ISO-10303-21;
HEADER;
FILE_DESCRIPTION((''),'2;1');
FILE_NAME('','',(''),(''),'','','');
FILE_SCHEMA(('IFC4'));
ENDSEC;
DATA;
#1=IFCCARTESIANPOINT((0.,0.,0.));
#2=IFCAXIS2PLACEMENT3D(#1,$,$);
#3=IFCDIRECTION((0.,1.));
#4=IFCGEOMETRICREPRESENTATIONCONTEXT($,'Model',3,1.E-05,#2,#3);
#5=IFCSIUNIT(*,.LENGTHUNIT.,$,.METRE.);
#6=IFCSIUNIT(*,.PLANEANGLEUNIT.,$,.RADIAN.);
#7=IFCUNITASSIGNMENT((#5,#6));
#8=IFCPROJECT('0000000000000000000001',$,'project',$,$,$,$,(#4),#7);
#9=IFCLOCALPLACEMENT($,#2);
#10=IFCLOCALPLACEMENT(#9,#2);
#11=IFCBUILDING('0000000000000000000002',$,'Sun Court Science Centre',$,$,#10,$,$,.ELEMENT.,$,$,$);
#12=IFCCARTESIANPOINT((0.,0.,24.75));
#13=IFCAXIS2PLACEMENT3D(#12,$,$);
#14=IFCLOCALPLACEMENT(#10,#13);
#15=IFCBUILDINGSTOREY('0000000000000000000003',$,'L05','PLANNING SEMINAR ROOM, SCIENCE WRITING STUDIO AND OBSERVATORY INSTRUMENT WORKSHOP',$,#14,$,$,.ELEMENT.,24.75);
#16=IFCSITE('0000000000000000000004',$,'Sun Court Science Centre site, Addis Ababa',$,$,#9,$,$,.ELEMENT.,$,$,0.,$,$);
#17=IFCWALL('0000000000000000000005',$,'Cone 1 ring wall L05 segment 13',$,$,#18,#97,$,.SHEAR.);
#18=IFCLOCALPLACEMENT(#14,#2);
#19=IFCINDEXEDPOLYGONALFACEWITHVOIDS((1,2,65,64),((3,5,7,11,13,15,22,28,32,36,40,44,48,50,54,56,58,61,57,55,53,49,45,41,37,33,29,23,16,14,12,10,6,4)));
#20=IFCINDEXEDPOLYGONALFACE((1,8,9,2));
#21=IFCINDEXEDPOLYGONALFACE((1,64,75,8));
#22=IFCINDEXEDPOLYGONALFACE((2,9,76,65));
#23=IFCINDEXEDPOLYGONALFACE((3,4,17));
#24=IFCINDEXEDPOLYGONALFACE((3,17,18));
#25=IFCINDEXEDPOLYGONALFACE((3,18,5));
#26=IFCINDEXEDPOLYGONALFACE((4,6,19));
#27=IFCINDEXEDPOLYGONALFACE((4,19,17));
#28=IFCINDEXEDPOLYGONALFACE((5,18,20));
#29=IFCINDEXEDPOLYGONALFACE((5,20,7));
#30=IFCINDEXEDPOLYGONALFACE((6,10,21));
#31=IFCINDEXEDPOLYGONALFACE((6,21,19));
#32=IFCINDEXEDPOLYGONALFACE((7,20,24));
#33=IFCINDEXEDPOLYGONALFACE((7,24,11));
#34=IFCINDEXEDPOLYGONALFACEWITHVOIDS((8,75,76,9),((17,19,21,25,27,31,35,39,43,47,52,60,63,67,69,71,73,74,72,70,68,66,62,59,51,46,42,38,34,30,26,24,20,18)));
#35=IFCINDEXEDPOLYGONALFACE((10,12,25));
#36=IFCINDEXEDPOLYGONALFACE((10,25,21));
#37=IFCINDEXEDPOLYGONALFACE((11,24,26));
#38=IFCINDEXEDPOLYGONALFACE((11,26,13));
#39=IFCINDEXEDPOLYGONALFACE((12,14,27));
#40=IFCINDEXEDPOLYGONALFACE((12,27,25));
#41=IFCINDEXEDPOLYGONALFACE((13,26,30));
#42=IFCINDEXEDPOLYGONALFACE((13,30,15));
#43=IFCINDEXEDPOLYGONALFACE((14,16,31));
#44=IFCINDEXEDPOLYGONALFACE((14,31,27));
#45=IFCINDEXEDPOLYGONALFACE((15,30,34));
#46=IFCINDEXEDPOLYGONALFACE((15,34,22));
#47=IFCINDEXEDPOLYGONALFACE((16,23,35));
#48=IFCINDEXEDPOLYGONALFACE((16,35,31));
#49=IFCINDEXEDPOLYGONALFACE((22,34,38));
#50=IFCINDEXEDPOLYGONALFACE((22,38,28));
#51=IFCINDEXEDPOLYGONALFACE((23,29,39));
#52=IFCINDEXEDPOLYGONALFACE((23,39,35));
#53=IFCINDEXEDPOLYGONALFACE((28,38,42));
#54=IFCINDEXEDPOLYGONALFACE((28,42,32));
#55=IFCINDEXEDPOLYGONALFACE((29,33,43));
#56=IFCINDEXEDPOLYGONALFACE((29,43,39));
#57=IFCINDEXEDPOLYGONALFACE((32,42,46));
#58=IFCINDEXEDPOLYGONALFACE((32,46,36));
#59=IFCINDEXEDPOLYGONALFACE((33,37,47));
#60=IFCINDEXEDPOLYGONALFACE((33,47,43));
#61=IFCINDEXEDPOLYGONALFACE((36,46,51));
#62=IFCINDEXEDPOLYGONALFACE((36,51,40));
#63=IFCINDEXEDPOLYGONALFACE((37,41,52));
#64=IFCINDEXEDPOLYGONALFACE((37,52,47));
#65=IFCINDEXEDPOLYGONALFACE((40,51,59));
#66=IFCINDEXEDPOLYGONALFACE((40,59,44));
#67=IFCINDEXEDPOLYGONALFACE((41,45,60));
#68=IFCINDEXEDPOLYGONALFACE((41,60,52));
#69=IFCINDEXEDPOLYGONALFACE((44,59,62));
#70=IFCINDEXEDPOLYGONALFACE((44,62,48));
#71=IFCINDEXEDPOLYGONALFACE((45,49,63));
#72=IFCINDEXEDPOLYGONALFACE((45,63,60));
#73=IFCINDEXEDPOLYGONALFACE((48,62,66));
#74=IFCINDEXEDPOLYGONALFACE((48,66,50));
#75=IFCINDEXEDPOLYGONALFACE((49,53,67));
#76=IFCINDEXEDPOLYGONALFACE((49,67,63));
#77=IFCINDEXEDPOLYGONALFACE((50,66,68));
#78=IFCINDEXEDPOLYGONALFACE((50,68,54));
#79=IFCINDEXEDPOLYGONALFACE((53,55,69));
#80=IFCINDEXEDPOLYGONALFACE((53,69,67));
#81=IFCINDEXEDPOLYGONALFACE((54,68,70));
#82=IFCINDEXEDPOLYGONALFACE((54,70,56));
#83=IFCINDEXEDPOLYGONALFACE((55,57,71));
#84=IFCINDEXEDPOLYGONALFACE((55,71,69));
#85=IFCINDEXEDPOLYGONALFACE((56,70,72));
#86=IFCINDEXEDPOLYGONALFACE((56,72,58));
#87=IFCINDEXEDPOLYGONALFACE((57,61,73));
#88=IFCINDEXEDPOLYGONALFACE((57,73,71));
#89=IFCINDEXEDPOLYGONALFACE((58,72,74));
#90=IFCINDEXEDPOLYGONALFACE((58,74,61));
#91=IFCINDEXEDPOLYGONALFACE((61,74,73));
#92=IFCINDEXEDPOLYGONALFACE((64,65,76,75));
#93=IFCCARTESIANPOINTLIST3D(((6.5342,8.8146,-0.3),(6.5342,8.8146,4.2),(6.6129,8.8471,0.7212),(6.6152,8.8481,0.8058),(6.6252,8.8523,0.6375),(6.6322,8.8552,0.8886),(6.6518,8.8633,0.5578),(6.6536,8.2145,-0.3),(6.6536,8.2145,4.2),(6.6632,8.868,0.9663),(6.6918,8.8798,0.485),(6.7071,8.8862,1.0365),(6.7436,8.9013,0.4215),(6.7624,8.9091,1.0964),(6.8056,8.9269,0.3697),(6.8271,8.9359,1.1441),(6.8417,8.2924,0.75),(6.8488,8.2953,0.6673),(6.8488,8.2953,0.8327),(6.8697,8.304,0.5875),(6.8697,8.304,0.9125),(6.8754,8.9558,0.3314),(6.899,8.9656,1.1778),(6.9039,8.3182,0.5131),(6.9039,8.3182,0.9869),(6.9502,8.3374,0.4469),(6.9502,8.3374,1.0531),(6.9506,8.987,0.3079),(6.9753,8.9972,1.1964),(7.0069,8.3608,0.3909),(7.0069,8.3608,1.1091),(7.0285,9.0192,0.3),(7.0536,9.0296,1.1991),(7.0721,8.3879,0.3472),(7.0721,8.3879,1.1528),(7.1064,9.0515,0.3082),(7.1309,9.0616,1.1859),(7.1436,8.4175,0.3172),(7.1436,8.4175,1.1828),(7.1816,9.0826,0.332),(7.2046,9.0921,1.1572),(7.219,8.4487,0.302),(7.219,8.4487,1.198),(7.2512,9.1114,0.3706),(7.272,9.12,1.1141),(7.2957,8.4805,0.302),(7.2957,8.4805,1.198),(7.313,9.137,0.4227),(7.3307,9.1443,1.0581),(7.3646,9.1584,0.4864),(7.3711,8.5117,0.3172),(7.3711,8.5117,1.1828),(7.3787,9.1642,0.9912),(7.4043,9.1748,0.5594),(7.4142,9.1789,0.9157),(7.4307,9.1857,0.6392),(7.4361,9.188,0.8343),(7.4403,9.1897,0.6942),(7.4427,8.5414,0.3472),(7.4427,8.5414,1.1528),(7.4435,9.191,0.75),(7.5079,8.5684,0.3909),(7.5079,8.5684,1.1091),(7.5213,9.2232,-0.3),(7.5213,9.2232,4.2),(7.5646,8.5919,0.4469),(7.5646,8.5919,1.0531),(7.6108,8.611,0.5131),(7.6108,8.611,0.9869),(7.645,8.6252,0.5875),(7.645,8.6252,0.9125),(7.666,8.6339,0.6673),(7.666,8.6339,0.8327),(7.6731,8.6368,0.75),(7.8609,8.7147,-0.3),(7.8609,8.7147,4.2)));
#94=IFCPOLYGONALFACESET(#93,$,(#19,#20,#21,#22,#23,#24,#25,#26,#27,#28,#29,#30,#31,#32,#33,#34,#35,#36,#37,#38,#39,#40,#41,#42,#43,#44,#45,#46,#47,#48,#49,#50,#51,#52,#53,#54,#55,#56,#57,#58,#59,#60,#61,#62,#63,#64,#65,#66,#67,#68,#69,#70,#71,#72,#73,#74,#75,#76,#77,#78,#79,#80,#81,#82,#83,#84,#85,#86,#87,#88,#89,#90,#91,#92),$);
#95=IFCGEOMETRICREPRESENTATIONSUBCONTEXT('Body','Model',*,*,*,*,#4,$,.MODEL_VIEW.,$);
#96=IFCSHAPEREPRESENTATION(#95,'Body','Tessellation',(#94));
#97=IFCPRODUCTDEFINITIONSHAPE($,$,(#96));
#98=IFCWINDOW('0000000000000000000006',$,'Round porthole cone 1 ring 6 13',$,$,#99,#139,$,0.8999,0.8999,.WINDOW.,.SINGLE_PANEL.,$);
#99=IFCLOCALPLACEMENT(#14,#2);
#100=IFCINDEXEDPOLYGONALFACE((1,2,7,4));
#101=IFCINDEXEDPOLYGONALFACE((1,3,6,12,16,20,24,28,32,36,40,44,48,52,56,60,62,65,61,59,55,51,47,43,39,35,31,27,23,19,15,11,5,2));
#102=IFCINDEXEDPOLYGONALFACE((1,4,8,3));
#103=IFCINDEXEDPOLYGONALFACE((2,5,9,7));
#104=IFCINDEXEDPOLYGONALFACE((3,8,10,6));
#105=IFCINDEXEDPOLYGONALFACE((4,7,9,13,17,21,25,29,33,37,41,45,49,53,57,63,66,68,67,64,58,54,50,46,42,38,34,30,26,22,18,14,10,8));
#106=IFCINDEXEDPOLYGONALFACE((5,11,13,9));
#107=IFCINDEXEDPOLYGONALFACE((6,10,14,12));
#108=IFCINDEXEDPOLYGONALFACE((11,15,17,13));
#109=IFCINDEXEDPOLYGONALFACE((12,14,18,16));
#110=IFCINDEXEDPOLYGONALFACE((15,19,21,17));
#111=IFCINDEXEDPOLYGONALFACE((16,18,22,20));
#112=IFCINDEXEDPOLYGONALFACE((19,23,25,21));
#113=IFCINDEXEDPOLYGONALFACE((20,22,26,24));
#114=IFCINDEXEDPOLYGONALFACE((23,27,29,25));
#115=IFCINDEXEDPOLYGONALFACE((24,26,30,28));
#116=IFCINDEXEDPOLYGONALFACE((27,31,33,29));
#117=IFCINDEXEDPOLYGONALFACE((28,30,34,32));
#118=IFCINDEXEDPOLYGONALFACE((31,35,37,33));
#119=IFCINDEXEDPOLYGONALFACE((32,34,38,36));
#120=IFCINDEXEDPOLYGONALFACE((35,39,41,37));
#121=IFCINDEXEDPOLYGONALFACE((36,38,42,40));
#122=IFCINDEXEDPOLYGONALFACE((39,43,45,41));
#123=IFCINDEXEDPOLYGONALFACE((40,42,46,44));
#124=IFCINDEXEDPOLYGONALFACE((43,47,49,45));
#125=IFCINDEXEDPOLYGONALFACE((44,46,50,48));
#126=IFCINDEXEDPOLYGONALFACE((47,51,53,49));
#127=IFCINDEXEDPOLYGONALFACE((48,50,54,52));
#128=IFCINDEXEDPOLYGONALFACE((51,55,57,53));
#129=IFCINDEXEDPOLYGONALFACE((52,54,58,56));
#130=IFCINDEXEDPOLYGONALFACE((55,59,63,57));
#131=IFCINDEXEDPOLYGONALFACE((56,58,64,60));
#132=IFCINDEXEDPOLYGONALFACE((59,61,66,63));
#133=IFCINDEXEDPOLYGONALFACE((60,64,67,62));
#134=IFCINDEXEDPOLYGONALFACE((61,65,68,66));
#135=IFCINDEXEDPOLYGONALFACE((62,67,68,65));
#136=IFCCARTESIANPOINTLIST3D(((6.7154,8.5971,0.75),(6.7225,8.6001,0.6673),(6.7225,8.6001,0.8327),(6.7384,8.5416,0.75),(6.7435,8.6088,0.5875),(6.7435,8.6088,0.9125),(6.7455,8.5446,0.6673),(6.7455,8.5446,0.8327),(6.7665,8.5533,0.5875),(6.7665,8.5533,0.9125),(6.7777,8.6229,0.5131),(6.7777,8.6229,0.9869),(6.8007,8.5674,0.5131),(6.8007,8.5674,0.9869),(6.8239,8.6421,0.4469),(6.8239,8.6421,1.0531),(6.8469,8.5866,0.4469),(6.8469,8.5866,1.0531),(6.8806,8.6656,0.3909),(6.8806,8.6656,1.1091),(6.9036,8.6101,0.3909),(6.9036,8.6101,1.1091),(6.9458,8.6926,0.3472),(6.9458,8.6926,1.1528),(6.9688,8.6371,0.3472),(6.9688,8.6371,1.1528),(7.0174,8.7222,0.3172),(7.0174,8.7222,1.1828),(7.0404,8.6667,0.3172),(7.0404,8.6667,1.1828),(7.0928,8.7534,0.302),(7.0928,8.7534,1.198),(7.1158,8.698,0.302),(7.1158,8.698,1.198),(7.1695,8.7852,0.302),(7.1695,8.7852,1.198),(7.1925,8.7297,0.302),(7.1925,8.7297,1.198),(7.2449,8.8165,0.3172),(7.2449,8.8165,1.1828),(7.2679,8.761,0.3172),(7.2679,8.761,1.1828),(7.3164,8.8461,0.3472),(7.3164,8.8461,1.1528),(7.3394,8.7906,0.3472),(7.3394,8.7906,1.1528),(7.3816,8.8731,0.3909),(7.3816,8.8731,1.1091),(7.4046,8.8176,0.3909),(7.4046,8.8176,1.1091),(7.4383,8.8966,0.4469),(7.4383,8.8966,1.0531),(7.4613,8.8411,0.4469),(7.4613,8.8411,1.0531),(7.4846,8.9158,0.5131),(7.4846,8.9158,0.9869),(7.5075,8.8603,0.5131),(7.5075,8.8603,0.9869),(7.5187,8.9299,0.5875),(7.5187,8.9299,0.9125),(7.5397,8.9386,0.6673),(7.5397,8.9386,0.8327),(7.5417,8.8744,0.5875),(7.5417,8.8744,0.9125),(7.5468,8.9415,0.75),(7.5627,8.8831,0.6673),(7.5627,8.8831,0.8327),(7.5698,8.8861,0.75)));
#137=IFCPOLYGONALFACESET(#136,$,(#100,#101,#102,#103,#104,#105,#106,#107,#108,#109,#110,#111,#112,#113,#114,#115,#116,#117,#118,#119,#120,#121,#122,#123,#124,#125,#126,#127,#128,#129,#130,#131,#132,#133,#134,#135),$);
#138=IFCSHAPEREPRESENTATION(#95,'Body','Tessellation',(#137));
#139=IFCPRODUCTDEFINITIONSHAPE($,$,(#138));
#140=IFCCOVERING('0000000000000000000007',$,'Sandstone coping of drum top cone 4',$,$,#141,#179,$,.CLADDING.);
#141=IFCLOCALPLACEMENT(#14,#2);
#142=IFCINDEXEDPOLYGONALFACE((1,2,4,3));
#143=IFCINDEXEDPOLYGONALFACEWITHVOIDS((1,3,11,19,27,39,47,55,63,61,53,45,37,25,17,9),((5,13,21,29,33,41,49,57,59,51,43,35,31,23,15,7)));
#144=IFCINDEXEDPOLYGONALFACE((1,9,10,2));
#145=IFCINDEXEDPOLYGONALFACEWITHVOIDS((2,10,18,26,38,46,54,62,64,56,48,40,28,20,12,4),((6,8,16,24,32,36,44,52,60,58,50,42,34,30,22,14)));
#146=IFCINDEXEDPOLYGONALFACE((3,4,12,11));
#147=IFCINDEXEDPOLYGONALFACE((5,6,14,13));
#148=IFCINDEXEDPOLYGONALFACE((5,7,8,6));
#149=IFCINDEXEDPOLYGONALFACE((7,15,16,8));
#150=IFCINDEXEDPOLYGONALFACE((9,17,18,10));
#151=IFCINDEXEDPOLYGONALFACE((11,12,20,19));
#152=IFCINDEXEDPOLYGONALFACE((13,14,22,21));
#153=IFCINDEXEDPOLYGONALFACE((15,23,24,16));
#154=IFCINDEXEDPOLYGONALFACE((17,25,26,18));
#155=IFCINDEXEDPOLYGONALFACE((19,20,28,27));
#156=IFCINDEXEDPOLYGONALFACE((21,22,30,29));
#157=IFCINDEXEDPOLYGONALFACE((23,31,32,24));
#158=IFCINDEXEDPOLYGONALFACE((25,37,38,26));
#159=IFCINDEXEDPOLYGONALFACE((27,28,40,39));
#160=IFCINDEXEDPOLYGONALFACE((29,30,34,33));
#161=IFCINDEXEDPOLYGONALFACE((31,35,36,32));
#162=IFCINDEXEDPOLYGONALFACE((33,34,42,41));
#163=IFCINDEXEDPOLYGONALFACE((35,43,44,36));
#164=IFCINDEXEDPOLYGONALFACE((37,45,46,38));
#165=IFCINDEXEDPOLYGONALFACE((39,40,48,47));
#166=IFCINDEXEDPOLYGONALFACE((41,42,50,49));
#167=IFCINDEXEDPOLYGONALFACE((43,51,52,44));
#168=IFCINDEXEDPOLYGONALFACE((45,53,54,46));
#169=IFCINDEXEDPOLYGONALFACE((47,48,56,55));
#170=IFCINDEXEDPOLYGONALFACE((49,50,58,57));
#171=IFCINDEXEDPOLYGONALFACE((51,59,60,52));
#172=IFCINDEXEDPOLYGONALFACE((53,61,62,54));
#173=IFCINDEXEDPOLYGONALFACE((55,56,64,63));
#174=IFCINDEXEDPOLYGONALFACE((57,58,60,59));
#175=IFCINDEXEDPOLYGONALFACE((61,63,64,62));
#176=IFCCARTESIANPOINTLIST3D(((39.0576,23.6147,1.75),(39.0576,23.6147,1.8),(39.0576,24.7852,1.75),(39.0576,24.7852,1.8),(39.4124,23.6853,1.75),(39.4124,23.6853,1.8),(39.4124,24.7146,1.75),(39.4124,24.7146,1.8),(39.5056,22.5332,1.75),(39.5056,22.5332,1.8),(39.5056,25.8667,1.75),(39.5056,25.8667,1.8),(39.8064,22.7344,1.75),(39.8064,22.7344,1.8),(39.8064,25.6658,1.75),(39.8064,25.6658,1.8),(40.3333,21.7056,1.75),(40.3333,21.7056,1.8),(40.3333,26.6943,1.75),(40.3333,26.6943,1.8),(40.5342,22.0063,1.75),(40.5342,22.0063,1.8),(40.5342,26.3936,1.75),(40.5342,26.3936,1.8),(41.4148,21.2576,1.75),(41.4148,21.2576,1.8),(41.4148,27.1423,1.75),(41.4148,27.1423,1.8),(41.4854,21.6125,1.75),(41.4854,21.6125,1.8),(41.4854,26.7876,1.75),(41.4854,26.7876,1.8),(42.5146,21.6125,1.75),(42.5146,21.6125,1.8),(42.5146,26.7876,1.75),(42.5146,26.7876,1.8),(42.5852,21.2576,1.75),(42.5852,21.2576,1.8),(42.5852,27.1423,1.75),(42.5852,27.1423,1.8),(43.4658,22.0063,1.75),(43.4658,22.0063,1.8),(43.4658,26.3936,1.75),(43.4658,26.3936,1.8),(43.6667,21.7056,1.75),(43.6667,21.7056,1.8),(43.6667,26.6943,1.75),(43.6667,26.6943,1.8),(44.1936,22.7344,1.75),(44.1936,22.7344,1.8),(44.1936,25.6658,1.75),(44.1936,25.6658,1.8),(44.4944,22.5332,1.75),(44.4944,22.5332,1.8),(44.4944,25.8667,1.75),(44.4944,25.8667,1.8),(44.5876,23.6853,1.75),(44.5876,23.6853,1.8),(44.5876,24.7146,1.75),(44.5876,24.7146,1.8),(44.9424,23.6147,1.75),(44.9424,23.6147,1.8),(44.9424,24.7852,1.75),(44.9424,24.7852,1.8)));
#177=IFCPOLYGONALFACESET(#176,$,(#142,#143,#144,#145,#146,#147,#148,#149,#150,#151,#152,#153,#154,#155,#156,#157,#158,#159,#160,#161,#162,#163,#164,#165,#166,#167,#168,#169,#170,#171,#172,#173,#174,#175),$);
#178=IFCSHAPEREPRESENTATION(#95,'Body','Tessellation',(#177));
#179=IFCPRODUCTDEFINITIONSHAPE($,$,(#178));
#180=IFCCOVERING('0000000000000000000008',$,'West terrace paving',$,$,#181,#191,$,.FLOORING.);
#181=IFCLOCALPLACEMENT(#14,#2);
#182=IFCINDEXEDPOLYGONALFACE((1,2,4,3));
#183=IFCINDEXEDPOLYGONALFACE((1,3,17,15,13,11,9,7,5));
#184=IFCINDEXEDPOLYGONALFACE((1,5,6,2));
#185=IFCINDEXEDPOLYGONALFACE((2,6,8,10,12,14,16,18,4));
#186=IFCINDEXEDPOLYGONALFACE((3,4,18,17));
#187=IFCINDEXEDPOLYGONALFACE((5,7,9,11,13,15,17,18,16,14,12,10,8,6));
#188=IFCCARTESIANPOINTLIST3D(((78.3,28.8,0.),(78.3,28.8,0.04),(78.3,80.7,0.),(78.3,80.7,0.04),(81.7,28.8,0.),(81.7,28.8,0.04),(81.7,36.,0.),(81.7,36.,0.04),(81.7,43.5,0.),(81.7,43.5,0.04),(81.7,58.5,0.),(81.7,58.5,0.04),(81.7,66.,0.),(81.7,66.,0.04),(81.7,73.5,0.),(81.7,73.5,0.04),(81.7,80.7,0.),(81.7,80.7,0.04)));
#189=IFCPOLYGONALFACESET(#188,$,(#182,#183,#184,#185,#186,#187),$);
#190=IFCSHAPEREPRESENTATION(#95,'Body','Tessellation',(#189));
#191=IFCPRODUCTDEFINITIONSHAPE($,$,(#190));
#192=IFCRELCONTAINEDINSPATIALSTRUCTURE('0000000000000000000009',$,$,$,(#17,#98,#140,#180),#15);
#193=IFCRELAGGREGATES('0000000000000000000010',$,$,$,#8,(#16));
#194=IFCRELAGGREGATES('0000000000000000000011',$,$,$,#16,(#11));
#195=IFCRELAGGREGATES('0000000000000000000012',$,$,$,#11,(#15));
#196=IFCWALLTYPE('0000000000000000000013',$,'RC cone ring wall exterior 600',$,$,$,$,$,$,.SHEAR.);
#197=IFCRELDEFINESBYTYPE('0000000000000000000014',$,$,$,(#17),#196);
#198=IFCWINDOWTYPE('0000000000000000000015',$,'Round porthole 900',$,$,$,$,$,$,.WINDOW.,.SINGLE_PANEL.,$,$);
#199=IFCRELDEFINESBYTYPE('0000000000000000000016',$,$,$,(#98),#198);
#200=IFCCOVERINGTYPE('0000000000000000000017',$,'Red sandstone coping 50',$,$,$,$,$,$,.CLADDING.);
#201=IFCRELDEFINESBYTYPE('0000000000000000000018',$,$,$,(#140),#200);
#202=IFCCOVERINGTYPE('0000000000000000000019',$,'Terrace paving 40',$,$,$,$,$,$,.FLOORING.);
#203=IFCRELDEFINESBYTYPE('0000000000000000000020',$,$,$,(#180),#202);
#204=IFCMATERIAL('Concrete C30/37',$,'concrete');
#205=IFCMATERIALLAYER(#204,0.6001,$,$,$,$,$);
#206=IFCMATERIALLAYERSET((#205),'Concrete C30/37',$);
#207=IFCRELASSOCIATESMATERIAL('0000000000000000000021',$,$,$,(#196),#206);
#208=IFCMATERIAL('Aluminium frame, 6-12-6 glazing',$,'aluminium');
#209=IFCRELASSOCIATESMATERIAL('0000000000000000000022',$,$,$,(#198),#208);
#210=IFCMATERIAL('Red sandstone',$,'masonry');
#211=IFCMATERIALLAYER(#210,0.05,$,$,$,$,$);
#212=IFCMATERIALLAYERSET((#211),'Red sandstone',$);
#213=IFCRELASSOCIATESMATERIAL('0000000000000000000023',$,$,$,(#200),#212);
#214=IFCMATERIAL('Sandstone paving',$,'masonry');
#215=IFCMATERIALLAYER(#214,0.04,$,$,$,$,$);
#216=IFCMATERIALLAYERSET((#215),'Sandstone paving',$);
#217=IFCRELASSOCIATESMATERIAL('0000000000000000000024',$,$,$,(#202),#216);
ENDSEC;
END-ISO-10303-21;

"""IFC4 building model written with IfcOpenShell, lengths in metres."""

from ifc_helpers import new_model, si_unit, direction, frame, frame_2d, origin, place, context, subcontext, project, spatial, polyline, circle, outline, extrude, material, layer, layer_set, type_object, element, fill, save


model = new_model("IFC4")

# Units and contexts
model_context = context("Model", 3, precision=1e-05, world=origin(), true_north=direction((0.0, 1.0)))
body_context = subcontext(model_context, "Body", "Model", "MODEL_VIEW")
ifc_project = project(units=[si_unit("LENGTHUNIT", "METRE"), si_unit("PLANEANGLEUNIT", "RADIAN")], contexts=[model_context])

# Site, building, storey
site_placement = place(None, origin())
site = spatial("IfcSite", under=ifc_project, at=site_placement, Name="Sun Court Science Centre site, Addis Ababa", CompositionType="ELEMENT", RefElevation=0.0)
building_placement = place(site_placement, origin())
building = spatial("IfcBuilding", under=site, at=building_placement, Name="Sun Court Science Centre", CompositionType="ELEMENT")
storey_placement = place(building_placement, frame((0.0, 0.0, 24.75)))
storey = spatial("IfcBuildingStorey", under=building, at=storey_placement, Name="L05", Description="PLANNING SEMINAR ROOM, SCIENCE WRITING STUDIO AND OBSERVATORY INSTRUMENT WORKSHOP", CompositionType="ELEMENT", Elevation=24.75)

# Wall, opening, window
ifc_material_1 = material(Name="Concrete C30/37", Category="concrete")
ifc_layer_1 = layer(ifc_material_1, 0.6001)
ifc_layer_set_1 = layer_set([ifc_layer_1], Name="Concrete C30/37")
wall_type = type_object("IfcWallType", Name="RC cone ring wall exterior 600", PredefinedType="SHEAR", material=ifc_layer_set_1)
wall_placement = place(storey_placement, frame((6.5388, 8.4915, -0.3), z_axis=(0.0, 0.0, 1.0), x_axis=(0.92386, 0.382731, 0.0)))
wall = element("IfcWall", 1, at=wall_placement, inside=storey, type_object=wall_type, Name="Cone 1 ring wall L05 segment 13", PredefinedType="SHEAR", context=body_context, shape_type="SweptSolid", body=[
    extrude(outline(polyline([(0.0, -0.2998), (1.3069, -0.2998), (1.1877, 0.3), (0.1194, 0.3003), (0.0, -0.2998)])), origin(), (0.0, 0.0, 1.0), 4.5),
])
opening_placement = place(wall_placement, frame((0.2036, 0.0, 0.6001)))
opening = element("IfcOpeningElement", 2, at=opening_placement, cuts=wall, PredefinedType="OPENING", context=body_context, shape_type="SweptSolid", body=[
    extrude(circle(Radius=0.45, at=frame_2d((0.45, 0.45))), frame((0.0, 0.3101, 0.0), z_axis=(0.0, -1.0, 0.0), x_axis=(1.0, 0.0, 0.0)), (0.0, 0.0, 1.0), 0.6201),
])
ifc_material_2 = material(Name="Aluminium frame, 6-12-6 glazing", Category="aluminium")
window_type = type_object("IfcWindowType", Name="Round porthole 900", PartitioningType="SINGLE_PANEL", PredefinedType="WINDOW", material=ifc_material_2)
window_placement = place(opening_placement, origin())
window = element("IfcWindow", 3, at=window_placement, inside=storey, type_object=window_type, Name="Round porthole cone 1 ring 6 13", OverallHeight=0.8999, OverallWidth=0.8999, PartitioningType="SINGLE_PANEL", PredefinedType="WINDOW", context=body_context, shape_type="SweptSolid", body=[
    extrude(circle(Radius=0.45, at=frame_2d((0.45, 0.45))), frame((0.0, 0.03, 0.0), z_axis=(0.0, -1.0, 0.0), x_axis=(1.0, 0.0, 0.0)), (0.0, 0.0, 1.0), 0.0601),
])
fill(opening, window)

# Coverings
ifc_material_3 = material(Name="Red sandstone", Category="masonry")
ifc_layer_2 = layer(ifc_material_3, 0.05)
ifc_layer_set_2 = layer_set([ifc_layer_2], Name="Red sandstone")
covering_type_1 = type_object("IfcCoveringType", Name="Red sandstone coping 50", PredefinedType="CLADDING", material=ifc_layer_set_2)
covering_1_placement = place(storey_placement, frame((0.0, 0.0, 1.75)))
element("IfcCovering", 4, at=covering_1_placement, inside=storey, type_object=covering_type_1, Name="Sandstone coping of drum top cone 4", PredefinedType="CLADDING", context=body_context, shape_type="SweptSolid", body=[
    extrude(outline(polyline([(44.9424, 24.7852), (44.4944, 25.8667), (43.6667, 26.6943), (42.5852, 27.1423), (41.4148, 27.1423), (40.3333, 26.6943), (39.5056, 25.8667), (39.0576, 24.7852), (39.0576, 23.6147), (39.5056, 22.5332), (40.3333, 21.7056), (41.4148, 21.2576), (42.5852, 21.2576), (43.6667, 21.7056), (44.4944, 22.5332), (44.9424, 23.6147), (44.9424, 24.7852)]), holes=[polyline([(44.5876, 24.7146), (44.1936, 25.6658), (43.4658, 26.3936), (42.5146, 26.7876), (41.4854, 26.7876), (40.5342, 26.3936), (39.8064, 25.6658), (39.4124, 24.7146), (39.4124, 23.6853), (39.8064, 22.7344), (40.5342, 22.0063), (41.4854, 21.6125), (42.5146, 21.6125), (43.4658, 22.0063), (44.1936, 22.7344), (44.5876, 23.6853), (44.5876, 24.7146)])]), origin(), (0.0, 0.0, 1.0), 0.05),
])
ifc_material_4 = material(Name="Sandstone paving", Category="masonry")
ifc_layer_3 = layer(ifc_material_4, 0.04)
ifc_layer_set_3 = layer_set([ifc_layer_3], Name="Sandstone paving")
covering_type_2 = type_object("IfcCoveringType", Name="Terrace paving 40", PredefinedType="FLOORING", material=ifc_layer_set_3)
covering_2_placement = place(storey_placement, origin())
element("IfcCovering", 5, at=covering_2_placement, inside=storey, type_object=covering_type_2, Name="West terrace paving", PredefinedType="FLOORING", context=body_context, shape_type="SweptSolid", body=[
    extrude(outline(polyline([(78.3, 28.8), (78.3, 80.7), (81.7, 80.7), (81.7, 73.5), (81.7, 66.0), (81.7, 58.5), (81.7, 43.5), (81.7, 36.0), (81.7, 28.8), (78.3, 28.8)])), origin(), (0.0, 0.0, 1.0), 0.04),
])

save(model, "model.ifc")
